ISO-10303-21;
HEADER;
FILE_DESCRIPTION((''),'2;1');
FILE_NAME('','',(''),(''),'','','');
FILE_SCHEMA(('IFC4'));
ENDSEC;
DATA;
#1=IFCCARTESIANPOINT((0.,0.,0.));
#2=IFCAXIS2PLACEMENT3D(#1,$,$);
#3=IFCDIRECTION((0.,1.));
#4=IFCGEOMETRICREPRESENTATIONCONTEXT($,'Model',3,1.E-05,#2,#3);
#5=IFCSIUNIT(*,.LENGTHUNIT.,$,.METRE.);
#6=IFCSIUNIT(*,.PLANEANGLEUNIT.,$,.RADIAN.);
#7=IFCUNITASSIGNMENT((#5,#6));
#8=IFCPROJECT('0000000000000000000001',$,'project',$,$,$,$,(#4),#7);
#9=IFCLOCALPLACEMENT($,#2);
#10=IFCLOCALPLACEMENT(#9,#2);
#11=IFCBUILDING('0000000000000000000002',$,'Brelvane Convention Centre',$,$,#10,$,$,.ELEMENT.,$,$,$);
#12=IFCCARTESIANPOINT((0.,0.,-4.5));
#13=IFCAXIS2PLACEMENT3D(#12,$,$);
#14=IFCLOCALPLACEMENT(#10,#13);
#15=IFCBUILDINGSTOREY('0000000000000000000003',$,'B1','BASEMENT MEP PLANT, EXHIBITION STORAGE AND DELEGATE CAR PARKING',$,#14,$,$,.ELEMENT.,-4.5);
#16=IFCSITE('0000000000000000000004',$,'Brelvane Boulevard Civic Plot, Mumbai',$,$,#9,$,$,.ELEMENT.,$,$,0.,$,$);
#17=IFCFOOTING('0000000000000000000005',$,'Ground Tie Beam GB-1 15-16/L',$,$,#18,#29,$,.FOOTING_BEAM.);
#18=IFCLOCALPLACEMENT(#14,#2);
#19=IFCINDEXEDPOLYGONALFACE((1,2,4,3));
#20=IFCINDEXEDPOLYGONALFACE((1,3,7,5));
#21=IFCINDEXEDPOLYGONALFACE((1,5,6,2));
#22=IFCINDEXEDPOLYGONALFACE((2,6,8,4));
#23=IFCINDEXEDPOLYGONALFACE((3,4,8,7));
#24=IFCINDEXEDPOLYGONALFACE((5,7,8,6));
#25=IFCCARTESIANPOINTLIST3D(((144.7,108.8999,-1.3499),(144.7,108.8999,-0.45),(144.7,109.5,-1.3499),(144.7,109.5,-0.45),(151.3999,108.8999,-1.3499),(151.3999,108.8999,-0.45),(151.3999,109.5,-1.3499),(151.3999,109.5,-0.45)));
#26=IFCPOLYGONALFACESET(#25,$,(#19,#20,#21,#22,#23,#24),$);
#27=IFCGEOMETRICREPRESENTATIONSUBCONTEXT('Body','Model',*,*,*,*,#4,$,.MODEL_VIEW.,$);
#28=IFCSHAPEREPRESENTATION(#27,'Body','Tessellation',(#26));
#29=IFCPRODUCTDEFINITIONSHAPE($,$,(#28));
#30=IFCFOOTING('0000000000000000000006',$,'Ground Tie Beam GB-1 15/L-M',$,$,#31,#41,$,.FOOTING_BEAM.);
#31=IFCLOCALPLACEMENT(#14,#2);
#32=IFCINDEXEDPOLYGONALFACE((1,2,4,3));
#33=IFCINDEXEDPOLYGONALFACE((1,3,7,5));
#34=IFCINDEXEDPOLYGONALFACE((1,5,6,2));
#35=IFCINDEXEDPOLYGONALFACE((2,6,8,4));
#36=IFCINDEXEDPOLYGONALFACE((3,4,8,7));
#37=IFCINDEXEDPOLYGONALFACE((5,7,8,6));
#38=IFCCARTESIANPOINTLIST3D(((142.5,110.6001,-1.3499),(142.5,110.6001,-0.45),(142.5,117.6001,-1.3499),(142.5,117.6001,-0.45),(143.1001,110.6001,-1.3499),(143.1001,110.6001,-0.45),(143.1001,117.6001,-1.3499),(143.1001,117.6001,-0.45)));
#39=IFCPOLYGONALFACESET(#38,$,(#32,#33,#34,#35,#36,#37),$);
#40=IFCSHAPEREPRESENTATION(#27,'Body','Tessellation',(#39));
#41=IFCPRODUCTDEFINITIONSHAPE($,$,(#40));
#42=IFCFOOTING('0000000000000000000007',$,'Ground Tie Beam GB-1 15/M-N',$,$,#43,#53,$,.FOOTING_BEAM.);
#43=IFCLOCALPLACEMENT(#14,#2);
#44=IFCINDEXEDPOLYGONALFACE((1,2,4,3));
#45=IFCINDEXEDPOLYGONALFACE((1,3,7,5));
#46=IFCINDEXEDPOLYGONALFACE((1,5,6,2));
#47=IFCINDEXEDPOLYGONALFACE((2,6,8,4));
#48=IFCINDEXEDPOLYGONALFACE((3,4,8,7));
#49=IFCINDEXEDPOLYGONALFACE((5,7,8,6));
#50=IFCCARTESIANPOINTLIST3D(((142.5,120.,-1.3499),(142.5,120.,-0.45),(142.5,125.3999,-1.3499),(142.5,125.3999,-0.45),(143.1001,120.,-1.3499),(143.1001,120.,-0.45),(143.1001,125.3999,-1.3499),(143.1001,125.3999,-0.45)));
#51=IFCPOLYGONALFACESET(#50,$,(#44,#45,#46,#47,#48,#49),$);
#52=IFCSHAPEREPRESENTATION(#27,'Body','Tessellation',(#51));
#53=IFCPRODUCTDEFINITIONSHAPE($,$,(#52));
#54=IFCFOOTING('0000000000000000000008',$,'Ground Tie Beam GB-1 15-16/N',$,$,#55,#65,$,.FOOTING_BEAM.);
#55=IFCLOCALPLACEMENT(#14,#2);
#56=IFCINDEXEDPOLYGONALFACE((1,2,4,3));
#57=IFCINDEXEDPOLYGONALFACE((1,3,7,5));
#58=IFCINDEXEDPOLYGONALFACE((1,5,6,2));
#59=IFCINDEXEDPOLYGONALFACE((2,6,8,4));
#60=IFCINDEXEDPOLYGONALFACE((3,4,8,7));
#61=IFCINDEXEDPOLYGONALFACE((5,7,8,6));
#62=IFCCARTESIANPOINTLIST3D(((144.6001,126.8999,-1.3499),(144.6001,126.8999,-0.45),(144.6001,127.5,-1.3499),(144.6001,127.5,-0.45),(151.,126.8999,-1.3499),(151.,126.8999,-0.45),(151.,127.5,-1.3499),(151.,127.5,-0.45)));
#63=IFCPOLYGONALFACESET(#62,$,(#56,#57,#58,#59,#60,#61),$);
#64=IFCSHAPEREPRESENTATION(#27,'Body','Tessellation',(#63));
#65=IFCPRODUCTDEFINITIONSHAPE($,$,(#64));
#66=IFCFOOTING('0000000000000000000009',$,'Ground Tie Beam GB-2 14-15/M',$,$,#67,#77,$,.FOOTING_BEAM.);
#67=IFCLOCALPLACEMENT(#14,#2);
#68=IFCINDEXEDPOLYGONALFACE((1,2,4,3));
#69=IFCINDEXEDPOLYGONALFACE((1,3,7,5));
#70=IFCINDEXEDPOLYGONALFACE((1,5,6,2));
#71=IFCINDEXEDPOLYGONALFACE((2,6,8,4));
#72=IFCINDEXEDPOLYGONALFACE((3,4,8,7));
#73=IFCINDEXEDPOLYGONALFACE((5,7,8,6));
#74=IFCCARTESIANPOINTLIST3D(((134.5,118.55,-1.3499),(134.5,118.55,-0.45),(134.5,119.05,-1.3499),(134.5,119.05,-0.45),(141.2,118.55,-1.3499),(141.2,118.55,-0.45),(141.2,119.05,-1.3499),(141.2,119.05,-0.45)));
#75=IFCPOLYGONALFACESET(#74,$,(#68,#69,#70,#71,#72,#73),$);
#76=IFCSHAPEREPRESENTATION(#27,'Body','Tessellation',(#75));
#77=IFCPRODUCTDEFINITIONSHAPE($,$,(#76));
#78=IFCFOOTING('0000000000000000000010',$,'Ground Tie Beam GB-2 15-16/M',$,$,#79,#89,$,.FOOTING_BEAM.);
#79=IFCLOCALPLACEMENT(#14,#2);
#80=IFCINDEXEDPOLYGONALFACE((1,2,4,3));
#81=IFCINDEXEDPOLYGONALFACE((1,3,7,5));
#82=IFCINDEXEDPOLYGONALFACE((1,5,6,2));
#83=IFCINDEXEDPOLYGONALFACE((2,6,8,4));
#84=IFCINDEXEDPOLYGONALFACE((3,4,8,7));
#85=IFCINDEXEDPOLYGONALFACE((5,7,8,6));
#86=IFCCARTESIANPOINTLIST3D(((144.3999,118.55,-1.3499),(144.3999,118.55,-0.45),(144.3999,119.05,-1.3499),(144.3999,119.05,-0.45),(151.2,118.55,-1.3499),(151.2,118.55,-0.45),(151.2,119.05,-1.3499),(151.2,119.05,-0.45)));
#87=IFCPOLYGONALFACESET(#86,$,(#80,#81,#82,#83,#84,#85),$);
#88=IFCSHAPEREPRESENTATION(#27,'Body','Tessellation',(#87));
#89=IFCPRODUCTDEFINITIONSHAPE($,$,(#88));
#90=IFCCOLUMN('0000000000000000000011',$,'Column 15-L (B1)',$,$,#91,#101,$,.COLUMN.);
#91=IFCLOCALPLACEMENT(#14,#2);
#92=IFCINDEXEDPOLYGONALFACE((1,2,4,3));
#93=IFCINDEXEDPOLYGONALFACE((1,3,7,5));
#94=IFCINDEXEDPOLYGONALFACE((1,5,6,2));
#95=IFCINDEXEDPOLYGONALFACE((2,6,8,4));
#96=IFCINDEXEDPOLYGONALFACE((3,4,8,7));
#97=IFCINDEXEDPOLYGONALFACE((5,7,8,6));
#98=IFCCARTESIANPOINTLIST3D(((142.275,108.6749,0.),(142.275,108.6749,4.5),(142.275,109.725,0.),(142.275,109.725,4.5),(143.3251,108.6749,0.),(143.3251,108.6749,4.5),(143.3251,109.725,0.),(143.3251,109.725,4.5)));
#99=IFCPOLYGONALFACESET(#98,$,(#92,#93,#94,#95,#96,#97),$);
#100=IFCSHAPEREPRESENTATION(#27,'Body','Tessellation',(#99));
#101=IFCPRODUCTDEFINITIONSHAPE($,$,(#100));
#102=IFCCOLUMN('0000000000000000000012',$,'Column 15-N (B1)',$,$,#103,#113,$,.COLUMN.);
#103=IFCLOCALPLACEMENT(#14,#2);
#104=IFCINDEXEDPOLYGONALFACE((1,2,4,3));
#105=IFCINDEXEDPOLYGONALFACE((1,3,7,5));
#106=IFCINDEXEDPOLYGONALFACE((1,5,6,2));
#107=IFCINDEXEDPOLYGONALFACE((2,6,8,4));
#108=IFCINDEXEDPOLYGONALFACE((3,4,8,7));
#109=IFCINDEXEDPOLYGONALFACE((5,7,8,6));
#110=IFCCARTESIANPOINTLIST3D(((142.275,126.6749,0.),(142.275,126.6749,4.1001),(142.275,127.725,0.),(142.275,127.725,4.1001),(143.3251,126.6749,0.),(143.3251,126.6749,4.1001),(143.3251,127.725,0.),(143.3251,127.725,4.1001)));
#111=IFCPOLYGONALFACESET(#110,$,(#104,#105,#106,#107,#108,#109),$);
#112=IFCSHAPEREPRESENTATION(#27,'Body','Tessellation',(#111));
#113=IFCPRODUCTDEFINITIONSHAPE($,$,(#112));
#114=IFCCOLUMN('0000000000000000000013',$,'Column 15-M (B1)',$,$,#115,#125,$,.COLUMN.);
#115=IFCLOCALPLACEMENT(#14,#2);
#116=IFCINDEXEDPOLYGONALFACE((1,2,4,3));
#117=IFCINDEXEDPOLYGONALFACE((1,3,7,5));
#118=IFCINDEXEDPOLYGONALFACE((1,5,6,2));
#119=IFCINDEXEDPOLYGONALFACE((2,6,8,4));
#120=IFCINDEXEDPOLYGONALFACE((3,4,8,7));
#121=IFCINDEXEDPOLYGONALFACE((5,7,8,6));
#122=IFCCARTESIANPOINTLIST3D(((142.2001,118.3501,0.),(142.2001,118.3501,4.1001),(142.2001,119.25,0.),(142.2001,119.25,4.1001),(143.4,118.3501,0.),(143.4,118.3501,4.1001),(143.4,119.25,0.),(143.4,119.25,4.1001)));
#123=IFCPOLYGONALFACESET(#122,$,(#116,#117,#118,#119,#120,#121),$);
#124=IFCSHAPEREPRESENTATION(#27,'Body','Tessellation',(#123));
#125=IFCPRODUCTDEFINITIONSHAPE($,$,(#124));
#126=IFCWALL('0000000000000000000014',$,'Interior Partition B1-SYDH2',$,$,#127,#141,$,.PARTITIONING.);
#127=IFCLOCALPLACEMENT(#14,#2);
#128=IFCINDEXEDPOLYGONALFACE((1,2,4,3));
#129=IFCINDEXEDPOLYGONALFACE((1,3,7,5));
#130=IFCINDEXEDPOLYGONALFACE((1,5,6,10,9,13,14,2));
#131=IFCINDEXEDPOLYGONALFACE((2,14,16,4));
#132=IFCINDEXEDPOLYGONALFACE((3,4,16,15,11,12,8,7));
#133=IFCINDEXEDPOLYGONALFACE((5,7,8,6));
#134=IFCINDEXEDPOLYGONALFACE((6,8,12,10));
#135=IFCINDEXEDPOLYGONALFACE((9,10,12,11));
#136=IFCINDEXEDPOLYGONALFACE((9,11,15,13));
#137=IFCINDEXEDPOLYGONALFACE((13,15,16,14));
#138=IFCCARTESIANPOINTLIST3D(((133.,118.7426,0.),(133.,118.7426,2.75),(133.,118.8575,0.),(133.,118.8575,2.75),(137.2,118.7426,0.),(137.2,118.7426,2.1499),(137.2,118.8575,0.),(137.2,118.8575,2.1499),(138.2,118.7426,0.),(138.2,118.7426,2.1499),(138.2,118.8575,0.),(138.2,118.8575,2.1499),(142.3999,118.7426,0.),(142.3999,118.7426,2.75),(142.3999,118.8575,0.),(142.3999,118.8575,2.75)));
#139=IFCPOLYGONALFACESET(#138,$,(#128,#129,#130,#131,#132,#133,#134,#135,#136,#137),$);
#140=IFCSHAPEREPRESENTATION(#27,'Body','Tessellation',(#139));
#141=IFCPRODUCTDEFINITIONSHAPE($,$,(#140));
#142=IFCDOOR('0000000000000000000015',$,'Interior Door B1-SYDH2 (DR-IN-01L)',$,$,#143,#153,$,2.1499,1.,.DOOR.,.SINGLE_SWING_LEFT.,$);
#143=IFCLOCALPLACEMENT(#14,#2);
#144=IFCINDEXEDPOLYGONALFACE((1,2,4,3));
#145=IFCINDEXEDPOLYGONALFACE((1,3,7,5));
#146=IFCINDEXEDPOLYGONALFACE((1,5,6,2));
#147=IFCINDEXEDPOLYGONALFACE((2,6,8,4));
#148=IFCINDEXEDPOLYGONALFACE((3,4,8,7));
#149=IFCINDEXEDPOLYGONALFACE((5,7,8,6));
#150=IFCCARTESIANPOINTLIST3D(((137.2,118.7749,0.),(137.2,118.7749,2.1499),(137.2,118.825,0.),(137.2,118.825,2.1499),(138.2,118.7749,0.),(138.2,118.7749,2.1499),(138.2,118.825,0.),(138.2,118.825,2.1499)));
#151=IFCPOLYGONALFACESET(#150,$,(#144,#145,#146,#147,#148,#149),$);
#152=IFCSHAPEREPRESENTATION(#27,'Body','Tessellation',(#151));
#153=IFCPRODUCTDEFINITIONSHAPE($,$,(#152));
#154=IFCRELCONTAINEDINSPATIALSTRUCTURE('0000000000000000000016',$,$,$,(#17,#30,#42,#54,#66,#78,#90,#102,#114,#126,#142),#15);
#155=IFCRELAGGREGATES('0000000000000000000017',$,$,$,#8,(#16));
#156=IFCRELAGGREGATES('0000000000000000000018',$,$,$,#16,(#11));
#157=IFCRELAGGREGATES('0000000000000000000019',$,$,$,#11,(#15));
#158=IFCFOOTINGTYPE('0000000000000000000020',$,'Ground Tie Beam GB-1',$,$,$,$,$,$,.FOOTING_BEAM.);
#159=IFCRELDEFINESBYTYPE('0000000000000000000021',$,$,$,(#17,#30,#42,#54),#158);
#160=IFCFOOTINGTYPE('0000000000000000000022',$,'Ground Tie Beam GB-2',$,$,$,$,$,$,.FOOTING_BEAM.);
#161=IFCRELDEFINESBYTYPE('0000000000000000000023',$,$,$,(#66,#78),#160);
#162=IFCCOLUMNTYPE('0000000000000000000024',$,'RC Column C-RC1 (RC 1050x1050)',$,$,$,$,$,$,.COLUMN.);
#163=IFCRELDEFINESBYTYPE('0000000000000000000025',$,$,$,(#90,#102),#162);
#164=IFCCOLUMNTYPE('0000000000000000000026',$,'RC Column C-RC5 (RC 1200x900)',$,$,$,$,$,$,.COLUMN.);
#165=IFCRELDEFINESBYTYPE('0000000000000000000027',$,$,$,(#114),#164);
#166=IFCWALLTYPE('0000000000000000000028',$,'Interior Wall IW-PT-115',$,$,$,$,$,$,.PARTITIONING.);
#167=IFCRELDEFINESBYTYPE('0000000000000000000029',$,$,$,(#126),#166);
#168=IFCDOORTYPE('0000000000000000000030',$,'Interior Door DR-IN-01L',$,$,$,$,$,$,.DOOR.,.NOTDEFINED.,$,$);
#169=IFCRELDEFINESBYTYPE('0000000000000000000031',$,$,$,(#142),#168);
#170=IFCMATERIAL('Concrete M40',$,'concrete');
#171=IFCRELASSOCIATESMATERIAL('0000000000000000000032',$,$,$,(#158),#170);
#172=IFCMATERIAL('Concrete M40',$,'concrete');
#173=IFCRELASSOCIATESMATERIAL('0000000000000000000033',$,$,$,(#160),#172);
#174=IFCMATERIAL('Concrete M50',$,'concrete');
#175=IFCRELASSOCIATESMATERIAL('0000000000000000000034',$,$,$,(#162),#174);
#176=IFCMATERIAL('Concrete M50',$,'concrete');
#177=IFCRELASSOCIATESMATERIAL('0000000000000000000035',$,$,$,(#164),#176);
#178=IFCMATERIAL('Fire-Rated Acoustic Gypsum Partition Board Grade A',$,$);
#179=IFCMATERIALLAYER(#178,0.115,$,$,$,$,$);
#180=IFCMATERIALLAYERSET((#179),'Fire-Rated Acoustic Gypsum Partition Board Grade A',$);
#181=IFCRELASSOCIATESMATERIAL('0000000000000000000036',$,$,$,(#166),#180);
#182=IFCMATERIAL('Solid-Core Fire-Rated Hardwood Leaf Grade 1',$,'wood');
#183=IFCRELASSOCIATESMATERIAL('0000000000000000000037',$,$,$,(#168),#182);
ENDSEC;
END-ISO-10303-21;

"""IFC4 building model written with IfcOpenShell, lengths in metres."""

from ifc_helpers import new_model, si_unit, direction, frame, frame_2d, origin, origin_2d, place, context, subcontext, project, spatial, rectangle, extrude, material, layer, layer_set, material_profile, profile_set, type_object, element, fill, save


model = new_model("IFC4")

# Units and contexts
model_context = context("Model", 3, precision=1e-05, world=origin(), true_north=direction((0.0, 1.0)))
body_context = subcontext(model_context, "Body", "Model", "MODEL_VIEW")
ifc_project = project(units=[si_unit("LENGTHUNIT", "METRE"), si_unit("PLANEANGLEUNIT", "RADIAN")], contexts=[model_context])

# Site, building, storey
site_placement = place(None, origin())
site = spatial("IfcSite", under=ifc_project, at=site_placement, Name="Brelvane Boulevard Civic Plot, Mumbai", CompositionType="ELEMENT", RefElevation=0.0)
building_placement = place(site_placement, origin())
building = spatial("IfcBuilding", under=site, at=building_placement, Name="Brelvane Convention Centre", CompositionType="ELEMENT")
storey_placement = place(building_placement, frame((0.0, 0.0, -4.5)))
storey = spatial("IfcBuildingStorey", under=building, at=storey_placement, Name="B1", Description="BASEMENT MEP PLANT, EXHIBITION STORAGE AND DELEGATE CAR PARKING", CompositionType="ELEMENT", Elevation=-4.5)

# Footings
ifc_material_1 = material(Name="Concrete M40", Category="concrete")
ifc_material_profile_1 = material_profile(ifc_material_1, rectangle(XDim=0.6001, YDim=0.8999, at=origin_2d()), Name="RC 600x900")
ifc_profile_set_1 = profile_set([ifc_material_profile_1], Name="Concrete M40")
footing_type_1 = type_object("IfcFootingType", Name="Ground Tie Beam GB-1", PredefinedType="FOOTING_BEAM", material=ifc_profile_set_1)
footing_1_placement = place(storey_placement, frame((144.7, 109.2, -0.8999), z_axis=(1.0, 0.0, 0.0), x_axis=(0.0, 1.0, 0.0)))
element("IfcFooting", 1, at=footing_1_placement, inside=storey, type_object=footing_type_1, Name="Ground Tie Beam GB-1 15-16/L", PredefinedType="FOOTING_BEAM", context=body_context, shape_type="SweptSolid", body=[
    extrude(rectangle(XDim=0.6001, YDim=0.8999, at=origin_2d()), origin(), (0.0, 0.0, 1.0), 6.7),
])
footing_2_placement = place(storey_placement, frame((142.8, 110.6001, -0.8999), z_axis=(0.0, 1.0, 0.0), x_axis=(-1.0, 0.0, 0.0)))
element("IfcFooting", 2, at=footing_2_placement, inside=storey, type_object=footing_type_1, Name="Ground Tie Beam GB-1 15/L-M", PredefinedType="FOOTING_BEAM", context=body_context, shape_type="SweptSolid", body=[
    extrude(rectangle(XDim=0.6001, YDim=0.8999, at=origin_2d()), origin(), (0.0, 0.0, 1.0), 7.0),
])
footing_3_placement = place(storey_placement, frame((142.8, 120.0, -0.8999), z_axis=(0.0, 1.0, 0.0), x_axis=(-1.0, 0.0, 0.0)))
element("IfcFooting", 3, at=footing_3_placement, inside=storey, type_object=footing_type_1, Name="Ground Tie Beam GB-1 15/M-N", PredefinedType="FOOTING_BEAM", context=body_context, shape_type="SweptSolid", body=[
    extrude(rectangle(XDim=0.6001, YDim=0.8999, at=origin_2d()), origin(), (0.0, 0.0, 1.0), 5.3999),
])
footing_4_placement = place(storey_placement, frame((144.6001, 127.2, -0.8999), z_axis=(1.0, 0.0, 0.0), x_axis=(0.0, 1.0, 0.0)))
element("IfcFooting", 4, at=footing_4_placement, inside=storey, type_object=footing_type_1, Name="Ground Tie Beam GB-1 15-16/N", PredefinedType="FOOTING_BEAM", context=body_context, shape_type="SweptSolid", body=[
    extrude(rectangle(XDim=0.6001, YDim=0.8999, at=origin_2d()), origin(), (0.0, 0.0, 1.0), 6.3999),
])
ifc_material_2 = material(Name="Concrete M40", Category="concrete")
ifc_material_profile_2 = material_profile(ifc_material_2, rectangle(XDim=0.5, YDim=0.8999, at=origin_2d()), Name="RC 500x900")
ifc_profile_set_2 = profile_set([ifc_material_profile_2], Name="Concrete M40")
footing_type_2 = type_object("IfcFootingType", Name="Ground Tie Beam GB-2", PredefinedType="FOOTING_BEAM", material=ifc_profile_set_2)
footing_5_placement = place(storey_placement, frame((134.5, 118.8, -0.8999), z_axis=(1.0, 0.0, 0.0), x_axis=(0.0, 1.0, 0.0)))
element("IfcFooting", 5, at=footing_5_placement, inside=storey, type_object=footing_type_2, Name="Ground Tie Beam GB-2 14-15/M", PredefinedType="FOOTING_BEAM", context=body_context, shape_type="SweptSolid", body=[
    extrude(rectangle(XDim=0.5, YDim=0.8999, at=origin_2d()), origin(), (0.0, 0.0, 1.0), 6.7),
])
footing_6_placement = place(storey_placement, frame((144.3999, 118.8, -0.8999), z_axis=(1.0, 0.0, 0.0), x_axis=(0.0, 1.0, 0.0)))
element("IfcFooting", 6, at=footing_6_placement, inside=storey, type_object=footing_type_2, Name="Ground Tie Beam GB-2 15-16/M", PredefinedType="FOOTING_BEAM", context=body_context, shape_type="SweptSolid", body=[
    extrude(rectangle(XDim=0.5, YDim=0.8999, at=origin_2d()), origin(), (0.0, 0.0, 1.0), 6.8),
])

# Columns
ifc_material_3 = material(Name="Concrete M50", Category="concrete")
ifc_material_profile_3 = material_profile(ifc_material_3, rectangle(XDim=1.05, YDim=1.05, at=origin_2d()), Name="RC 1050x1050")
ifc_profile_set_3 = profile_set([ifc_material_profile_3], Name="Concrete M50")
column_type_1 = type_object("IfcColumnType", Name="RC Column C-RC1 (RC 1050x1050)", PredefinedType="COLUMN", material=ifc_profile_set_3)
column_1_placement = place(storey_placement, frame((142.8, 109.2, 0.0), z_axis=(0.0, 0.0, 1.0), x_axis=(1.0, 0.0, 0.0)))
element("IfcColumn", 7, at=column_1_placement, inside=storey, type_object=column_type_1, Name="Column 15-L (B1)", PredefinedType="COLUMN", context=body_context, shape_type="SweptSolid", body=[
    extrude(rectangle(XDim=1.05, YDim=1.05, at=origin_2d()), origin(), (0.0, 0.0, 1.0), 4.5),
])
column_2_placement = place(storey_placement, frame((142.8, 127.2, 0.0), z_axis=(0.0, 0.0, 1.0), x_axis=(1.0, 0.0, 0.0)))
element("IfcColumn", 8, at=column_2_placement, inside=storey, type_object=column_type_1, Name="Column 15-N (B1)", PredefinedType="COLUMN", context=body_context, shape_type="SweptSolid", body=[
    extrude(rectangle(XDim=1.05, YDim=1.05, at=origin_2d()), origin(), (0.0, 0.0, 1.0), 4.1001),
])
ifc_material_4 = material(Name="Concrete M50", Category="concrete")
ifc_material_profile_4 = material_profile(ifc_material_4, rectangle(XDim=1.2, YDim=0.8999, at=origin_2d()), Name="RC 1200x900")
ifc_profile_set_4 = profile_set([ifc_material_profile_4], Name="Concrete M50")
column_type_2 = type_object("IfcColumnType", Name="RC Column C-RC5 (RC 1200x900)", PredefinedType="COLUMN", material=ifc_profile_set_4)
column_3_placement = place(storey_placement, frame((142.8, 118.8, 0.0), z_axis=(0.0, 0.0, 1.0), x_axis=(1.0, 0.0, 0.0)))
element("IfcColumn", 9, at=column_3_placement, inside=storey, type_object=column_type_2, Name="Column 15-M (B1)", PredefinedType="COLUMN", context=body_context, shape_type="SweptSolid", body=[
    extrude(rectangle(XDim=1.2, YDim=0.8999, at=origin_2d()), origin(), (0.0, 0.0, 1.0), 4.1001),
])

# Wall, opening, door
ifc_material_5 = material(Name="Fire-Rated Acoustic Gypsum Partition Board Grade A")
ifc_layer = layer(ifc_material_5, 0.115)
ifc_layer_set = layer_set([ifc_layer], Name="Fire-Rated Acoustic Gypsum Partition Board Grade A")
wall_type = type_object("IfcWallType", Name="Interior Wall IW-PT-115", PredefinedType="PARTITIONING", material=ifc_layer_set)
wall_placement = place(storey_placement, frame((133.0, 118.8, 0.0), z_axis=(0.0, 0.0, 1.0), x_axis=(1.0, 0.0, 0.0)))
wall = element("IfcWall", 10, at=wall_placement, inside=storey, type_object=wall_type, Name="Interior Partition B1-SYDH2", PredefinedType="PARTITIONING", context=body_context, shape_type="SweptSolid", body=[
    extrude(rectangle(XDim=9.3999, YDim=0.115, at=frame_2d((4.7, 0.0))), origin(), (0.0, 0.0, 1.0), 2.75),
])
opening_placement = place(wall_placement, frame((4.2, 0.0, 0.0)))
opening = element("IfcOpeningElement", 11, at=opening_placement, cuts=wall, PredefinedType="OPENING", context=body_context, shape_type="SweptSolid", body=[
    extrude(rectangle(XDim=1.0, YDim=2.1499, at=frame_2d((0.5, 1.075))), frame((0.0, 0.0674, 0.0), z_axis=(0.0, -1.0, 0.0), x_axis=(1.0, 0.0, 0.0)), (0.0, 0.0, 1.0), 0.135),
])
ifc_material_6 = material(Name="Solid-Core Fire-Rated Hardwood Leaf Grade 1", Category="wood")
door_type = type_object("IfcDoorType", Name="Interior Door DR-IN-01L", OperationType="NOTDEFINED", PredefinedType="DOOR", material=ifc_material_6)
door_placement = place(opening_placement, origin())
door = element("IfcDoor", 12, at=door_placement, inside=storey, type_object=door_type, Name="Interior Door B1-SYDH2 (DR-IN-01L)", OperationType="SINGLE_SWING_LEFT", OverallHeight=2.1499, OverallWidth=1.0, PredefinedType="DOOR", context=body_context, shape_type="SweptSolid", body=[
    extrude(rectangle(XDim=1.0, YDim=2.1499, at=frame_2d((0.5, 1.075))), frame((0.0, 0.0249, 0.0), z_axis=(0.0, -1.0, 0.0), x_axis=(1.0, 0.0, 0.0)), (0.0, 0.0, 1.0), 0.05),
])
fill(opening, door)

save(model, "model.ifc")
